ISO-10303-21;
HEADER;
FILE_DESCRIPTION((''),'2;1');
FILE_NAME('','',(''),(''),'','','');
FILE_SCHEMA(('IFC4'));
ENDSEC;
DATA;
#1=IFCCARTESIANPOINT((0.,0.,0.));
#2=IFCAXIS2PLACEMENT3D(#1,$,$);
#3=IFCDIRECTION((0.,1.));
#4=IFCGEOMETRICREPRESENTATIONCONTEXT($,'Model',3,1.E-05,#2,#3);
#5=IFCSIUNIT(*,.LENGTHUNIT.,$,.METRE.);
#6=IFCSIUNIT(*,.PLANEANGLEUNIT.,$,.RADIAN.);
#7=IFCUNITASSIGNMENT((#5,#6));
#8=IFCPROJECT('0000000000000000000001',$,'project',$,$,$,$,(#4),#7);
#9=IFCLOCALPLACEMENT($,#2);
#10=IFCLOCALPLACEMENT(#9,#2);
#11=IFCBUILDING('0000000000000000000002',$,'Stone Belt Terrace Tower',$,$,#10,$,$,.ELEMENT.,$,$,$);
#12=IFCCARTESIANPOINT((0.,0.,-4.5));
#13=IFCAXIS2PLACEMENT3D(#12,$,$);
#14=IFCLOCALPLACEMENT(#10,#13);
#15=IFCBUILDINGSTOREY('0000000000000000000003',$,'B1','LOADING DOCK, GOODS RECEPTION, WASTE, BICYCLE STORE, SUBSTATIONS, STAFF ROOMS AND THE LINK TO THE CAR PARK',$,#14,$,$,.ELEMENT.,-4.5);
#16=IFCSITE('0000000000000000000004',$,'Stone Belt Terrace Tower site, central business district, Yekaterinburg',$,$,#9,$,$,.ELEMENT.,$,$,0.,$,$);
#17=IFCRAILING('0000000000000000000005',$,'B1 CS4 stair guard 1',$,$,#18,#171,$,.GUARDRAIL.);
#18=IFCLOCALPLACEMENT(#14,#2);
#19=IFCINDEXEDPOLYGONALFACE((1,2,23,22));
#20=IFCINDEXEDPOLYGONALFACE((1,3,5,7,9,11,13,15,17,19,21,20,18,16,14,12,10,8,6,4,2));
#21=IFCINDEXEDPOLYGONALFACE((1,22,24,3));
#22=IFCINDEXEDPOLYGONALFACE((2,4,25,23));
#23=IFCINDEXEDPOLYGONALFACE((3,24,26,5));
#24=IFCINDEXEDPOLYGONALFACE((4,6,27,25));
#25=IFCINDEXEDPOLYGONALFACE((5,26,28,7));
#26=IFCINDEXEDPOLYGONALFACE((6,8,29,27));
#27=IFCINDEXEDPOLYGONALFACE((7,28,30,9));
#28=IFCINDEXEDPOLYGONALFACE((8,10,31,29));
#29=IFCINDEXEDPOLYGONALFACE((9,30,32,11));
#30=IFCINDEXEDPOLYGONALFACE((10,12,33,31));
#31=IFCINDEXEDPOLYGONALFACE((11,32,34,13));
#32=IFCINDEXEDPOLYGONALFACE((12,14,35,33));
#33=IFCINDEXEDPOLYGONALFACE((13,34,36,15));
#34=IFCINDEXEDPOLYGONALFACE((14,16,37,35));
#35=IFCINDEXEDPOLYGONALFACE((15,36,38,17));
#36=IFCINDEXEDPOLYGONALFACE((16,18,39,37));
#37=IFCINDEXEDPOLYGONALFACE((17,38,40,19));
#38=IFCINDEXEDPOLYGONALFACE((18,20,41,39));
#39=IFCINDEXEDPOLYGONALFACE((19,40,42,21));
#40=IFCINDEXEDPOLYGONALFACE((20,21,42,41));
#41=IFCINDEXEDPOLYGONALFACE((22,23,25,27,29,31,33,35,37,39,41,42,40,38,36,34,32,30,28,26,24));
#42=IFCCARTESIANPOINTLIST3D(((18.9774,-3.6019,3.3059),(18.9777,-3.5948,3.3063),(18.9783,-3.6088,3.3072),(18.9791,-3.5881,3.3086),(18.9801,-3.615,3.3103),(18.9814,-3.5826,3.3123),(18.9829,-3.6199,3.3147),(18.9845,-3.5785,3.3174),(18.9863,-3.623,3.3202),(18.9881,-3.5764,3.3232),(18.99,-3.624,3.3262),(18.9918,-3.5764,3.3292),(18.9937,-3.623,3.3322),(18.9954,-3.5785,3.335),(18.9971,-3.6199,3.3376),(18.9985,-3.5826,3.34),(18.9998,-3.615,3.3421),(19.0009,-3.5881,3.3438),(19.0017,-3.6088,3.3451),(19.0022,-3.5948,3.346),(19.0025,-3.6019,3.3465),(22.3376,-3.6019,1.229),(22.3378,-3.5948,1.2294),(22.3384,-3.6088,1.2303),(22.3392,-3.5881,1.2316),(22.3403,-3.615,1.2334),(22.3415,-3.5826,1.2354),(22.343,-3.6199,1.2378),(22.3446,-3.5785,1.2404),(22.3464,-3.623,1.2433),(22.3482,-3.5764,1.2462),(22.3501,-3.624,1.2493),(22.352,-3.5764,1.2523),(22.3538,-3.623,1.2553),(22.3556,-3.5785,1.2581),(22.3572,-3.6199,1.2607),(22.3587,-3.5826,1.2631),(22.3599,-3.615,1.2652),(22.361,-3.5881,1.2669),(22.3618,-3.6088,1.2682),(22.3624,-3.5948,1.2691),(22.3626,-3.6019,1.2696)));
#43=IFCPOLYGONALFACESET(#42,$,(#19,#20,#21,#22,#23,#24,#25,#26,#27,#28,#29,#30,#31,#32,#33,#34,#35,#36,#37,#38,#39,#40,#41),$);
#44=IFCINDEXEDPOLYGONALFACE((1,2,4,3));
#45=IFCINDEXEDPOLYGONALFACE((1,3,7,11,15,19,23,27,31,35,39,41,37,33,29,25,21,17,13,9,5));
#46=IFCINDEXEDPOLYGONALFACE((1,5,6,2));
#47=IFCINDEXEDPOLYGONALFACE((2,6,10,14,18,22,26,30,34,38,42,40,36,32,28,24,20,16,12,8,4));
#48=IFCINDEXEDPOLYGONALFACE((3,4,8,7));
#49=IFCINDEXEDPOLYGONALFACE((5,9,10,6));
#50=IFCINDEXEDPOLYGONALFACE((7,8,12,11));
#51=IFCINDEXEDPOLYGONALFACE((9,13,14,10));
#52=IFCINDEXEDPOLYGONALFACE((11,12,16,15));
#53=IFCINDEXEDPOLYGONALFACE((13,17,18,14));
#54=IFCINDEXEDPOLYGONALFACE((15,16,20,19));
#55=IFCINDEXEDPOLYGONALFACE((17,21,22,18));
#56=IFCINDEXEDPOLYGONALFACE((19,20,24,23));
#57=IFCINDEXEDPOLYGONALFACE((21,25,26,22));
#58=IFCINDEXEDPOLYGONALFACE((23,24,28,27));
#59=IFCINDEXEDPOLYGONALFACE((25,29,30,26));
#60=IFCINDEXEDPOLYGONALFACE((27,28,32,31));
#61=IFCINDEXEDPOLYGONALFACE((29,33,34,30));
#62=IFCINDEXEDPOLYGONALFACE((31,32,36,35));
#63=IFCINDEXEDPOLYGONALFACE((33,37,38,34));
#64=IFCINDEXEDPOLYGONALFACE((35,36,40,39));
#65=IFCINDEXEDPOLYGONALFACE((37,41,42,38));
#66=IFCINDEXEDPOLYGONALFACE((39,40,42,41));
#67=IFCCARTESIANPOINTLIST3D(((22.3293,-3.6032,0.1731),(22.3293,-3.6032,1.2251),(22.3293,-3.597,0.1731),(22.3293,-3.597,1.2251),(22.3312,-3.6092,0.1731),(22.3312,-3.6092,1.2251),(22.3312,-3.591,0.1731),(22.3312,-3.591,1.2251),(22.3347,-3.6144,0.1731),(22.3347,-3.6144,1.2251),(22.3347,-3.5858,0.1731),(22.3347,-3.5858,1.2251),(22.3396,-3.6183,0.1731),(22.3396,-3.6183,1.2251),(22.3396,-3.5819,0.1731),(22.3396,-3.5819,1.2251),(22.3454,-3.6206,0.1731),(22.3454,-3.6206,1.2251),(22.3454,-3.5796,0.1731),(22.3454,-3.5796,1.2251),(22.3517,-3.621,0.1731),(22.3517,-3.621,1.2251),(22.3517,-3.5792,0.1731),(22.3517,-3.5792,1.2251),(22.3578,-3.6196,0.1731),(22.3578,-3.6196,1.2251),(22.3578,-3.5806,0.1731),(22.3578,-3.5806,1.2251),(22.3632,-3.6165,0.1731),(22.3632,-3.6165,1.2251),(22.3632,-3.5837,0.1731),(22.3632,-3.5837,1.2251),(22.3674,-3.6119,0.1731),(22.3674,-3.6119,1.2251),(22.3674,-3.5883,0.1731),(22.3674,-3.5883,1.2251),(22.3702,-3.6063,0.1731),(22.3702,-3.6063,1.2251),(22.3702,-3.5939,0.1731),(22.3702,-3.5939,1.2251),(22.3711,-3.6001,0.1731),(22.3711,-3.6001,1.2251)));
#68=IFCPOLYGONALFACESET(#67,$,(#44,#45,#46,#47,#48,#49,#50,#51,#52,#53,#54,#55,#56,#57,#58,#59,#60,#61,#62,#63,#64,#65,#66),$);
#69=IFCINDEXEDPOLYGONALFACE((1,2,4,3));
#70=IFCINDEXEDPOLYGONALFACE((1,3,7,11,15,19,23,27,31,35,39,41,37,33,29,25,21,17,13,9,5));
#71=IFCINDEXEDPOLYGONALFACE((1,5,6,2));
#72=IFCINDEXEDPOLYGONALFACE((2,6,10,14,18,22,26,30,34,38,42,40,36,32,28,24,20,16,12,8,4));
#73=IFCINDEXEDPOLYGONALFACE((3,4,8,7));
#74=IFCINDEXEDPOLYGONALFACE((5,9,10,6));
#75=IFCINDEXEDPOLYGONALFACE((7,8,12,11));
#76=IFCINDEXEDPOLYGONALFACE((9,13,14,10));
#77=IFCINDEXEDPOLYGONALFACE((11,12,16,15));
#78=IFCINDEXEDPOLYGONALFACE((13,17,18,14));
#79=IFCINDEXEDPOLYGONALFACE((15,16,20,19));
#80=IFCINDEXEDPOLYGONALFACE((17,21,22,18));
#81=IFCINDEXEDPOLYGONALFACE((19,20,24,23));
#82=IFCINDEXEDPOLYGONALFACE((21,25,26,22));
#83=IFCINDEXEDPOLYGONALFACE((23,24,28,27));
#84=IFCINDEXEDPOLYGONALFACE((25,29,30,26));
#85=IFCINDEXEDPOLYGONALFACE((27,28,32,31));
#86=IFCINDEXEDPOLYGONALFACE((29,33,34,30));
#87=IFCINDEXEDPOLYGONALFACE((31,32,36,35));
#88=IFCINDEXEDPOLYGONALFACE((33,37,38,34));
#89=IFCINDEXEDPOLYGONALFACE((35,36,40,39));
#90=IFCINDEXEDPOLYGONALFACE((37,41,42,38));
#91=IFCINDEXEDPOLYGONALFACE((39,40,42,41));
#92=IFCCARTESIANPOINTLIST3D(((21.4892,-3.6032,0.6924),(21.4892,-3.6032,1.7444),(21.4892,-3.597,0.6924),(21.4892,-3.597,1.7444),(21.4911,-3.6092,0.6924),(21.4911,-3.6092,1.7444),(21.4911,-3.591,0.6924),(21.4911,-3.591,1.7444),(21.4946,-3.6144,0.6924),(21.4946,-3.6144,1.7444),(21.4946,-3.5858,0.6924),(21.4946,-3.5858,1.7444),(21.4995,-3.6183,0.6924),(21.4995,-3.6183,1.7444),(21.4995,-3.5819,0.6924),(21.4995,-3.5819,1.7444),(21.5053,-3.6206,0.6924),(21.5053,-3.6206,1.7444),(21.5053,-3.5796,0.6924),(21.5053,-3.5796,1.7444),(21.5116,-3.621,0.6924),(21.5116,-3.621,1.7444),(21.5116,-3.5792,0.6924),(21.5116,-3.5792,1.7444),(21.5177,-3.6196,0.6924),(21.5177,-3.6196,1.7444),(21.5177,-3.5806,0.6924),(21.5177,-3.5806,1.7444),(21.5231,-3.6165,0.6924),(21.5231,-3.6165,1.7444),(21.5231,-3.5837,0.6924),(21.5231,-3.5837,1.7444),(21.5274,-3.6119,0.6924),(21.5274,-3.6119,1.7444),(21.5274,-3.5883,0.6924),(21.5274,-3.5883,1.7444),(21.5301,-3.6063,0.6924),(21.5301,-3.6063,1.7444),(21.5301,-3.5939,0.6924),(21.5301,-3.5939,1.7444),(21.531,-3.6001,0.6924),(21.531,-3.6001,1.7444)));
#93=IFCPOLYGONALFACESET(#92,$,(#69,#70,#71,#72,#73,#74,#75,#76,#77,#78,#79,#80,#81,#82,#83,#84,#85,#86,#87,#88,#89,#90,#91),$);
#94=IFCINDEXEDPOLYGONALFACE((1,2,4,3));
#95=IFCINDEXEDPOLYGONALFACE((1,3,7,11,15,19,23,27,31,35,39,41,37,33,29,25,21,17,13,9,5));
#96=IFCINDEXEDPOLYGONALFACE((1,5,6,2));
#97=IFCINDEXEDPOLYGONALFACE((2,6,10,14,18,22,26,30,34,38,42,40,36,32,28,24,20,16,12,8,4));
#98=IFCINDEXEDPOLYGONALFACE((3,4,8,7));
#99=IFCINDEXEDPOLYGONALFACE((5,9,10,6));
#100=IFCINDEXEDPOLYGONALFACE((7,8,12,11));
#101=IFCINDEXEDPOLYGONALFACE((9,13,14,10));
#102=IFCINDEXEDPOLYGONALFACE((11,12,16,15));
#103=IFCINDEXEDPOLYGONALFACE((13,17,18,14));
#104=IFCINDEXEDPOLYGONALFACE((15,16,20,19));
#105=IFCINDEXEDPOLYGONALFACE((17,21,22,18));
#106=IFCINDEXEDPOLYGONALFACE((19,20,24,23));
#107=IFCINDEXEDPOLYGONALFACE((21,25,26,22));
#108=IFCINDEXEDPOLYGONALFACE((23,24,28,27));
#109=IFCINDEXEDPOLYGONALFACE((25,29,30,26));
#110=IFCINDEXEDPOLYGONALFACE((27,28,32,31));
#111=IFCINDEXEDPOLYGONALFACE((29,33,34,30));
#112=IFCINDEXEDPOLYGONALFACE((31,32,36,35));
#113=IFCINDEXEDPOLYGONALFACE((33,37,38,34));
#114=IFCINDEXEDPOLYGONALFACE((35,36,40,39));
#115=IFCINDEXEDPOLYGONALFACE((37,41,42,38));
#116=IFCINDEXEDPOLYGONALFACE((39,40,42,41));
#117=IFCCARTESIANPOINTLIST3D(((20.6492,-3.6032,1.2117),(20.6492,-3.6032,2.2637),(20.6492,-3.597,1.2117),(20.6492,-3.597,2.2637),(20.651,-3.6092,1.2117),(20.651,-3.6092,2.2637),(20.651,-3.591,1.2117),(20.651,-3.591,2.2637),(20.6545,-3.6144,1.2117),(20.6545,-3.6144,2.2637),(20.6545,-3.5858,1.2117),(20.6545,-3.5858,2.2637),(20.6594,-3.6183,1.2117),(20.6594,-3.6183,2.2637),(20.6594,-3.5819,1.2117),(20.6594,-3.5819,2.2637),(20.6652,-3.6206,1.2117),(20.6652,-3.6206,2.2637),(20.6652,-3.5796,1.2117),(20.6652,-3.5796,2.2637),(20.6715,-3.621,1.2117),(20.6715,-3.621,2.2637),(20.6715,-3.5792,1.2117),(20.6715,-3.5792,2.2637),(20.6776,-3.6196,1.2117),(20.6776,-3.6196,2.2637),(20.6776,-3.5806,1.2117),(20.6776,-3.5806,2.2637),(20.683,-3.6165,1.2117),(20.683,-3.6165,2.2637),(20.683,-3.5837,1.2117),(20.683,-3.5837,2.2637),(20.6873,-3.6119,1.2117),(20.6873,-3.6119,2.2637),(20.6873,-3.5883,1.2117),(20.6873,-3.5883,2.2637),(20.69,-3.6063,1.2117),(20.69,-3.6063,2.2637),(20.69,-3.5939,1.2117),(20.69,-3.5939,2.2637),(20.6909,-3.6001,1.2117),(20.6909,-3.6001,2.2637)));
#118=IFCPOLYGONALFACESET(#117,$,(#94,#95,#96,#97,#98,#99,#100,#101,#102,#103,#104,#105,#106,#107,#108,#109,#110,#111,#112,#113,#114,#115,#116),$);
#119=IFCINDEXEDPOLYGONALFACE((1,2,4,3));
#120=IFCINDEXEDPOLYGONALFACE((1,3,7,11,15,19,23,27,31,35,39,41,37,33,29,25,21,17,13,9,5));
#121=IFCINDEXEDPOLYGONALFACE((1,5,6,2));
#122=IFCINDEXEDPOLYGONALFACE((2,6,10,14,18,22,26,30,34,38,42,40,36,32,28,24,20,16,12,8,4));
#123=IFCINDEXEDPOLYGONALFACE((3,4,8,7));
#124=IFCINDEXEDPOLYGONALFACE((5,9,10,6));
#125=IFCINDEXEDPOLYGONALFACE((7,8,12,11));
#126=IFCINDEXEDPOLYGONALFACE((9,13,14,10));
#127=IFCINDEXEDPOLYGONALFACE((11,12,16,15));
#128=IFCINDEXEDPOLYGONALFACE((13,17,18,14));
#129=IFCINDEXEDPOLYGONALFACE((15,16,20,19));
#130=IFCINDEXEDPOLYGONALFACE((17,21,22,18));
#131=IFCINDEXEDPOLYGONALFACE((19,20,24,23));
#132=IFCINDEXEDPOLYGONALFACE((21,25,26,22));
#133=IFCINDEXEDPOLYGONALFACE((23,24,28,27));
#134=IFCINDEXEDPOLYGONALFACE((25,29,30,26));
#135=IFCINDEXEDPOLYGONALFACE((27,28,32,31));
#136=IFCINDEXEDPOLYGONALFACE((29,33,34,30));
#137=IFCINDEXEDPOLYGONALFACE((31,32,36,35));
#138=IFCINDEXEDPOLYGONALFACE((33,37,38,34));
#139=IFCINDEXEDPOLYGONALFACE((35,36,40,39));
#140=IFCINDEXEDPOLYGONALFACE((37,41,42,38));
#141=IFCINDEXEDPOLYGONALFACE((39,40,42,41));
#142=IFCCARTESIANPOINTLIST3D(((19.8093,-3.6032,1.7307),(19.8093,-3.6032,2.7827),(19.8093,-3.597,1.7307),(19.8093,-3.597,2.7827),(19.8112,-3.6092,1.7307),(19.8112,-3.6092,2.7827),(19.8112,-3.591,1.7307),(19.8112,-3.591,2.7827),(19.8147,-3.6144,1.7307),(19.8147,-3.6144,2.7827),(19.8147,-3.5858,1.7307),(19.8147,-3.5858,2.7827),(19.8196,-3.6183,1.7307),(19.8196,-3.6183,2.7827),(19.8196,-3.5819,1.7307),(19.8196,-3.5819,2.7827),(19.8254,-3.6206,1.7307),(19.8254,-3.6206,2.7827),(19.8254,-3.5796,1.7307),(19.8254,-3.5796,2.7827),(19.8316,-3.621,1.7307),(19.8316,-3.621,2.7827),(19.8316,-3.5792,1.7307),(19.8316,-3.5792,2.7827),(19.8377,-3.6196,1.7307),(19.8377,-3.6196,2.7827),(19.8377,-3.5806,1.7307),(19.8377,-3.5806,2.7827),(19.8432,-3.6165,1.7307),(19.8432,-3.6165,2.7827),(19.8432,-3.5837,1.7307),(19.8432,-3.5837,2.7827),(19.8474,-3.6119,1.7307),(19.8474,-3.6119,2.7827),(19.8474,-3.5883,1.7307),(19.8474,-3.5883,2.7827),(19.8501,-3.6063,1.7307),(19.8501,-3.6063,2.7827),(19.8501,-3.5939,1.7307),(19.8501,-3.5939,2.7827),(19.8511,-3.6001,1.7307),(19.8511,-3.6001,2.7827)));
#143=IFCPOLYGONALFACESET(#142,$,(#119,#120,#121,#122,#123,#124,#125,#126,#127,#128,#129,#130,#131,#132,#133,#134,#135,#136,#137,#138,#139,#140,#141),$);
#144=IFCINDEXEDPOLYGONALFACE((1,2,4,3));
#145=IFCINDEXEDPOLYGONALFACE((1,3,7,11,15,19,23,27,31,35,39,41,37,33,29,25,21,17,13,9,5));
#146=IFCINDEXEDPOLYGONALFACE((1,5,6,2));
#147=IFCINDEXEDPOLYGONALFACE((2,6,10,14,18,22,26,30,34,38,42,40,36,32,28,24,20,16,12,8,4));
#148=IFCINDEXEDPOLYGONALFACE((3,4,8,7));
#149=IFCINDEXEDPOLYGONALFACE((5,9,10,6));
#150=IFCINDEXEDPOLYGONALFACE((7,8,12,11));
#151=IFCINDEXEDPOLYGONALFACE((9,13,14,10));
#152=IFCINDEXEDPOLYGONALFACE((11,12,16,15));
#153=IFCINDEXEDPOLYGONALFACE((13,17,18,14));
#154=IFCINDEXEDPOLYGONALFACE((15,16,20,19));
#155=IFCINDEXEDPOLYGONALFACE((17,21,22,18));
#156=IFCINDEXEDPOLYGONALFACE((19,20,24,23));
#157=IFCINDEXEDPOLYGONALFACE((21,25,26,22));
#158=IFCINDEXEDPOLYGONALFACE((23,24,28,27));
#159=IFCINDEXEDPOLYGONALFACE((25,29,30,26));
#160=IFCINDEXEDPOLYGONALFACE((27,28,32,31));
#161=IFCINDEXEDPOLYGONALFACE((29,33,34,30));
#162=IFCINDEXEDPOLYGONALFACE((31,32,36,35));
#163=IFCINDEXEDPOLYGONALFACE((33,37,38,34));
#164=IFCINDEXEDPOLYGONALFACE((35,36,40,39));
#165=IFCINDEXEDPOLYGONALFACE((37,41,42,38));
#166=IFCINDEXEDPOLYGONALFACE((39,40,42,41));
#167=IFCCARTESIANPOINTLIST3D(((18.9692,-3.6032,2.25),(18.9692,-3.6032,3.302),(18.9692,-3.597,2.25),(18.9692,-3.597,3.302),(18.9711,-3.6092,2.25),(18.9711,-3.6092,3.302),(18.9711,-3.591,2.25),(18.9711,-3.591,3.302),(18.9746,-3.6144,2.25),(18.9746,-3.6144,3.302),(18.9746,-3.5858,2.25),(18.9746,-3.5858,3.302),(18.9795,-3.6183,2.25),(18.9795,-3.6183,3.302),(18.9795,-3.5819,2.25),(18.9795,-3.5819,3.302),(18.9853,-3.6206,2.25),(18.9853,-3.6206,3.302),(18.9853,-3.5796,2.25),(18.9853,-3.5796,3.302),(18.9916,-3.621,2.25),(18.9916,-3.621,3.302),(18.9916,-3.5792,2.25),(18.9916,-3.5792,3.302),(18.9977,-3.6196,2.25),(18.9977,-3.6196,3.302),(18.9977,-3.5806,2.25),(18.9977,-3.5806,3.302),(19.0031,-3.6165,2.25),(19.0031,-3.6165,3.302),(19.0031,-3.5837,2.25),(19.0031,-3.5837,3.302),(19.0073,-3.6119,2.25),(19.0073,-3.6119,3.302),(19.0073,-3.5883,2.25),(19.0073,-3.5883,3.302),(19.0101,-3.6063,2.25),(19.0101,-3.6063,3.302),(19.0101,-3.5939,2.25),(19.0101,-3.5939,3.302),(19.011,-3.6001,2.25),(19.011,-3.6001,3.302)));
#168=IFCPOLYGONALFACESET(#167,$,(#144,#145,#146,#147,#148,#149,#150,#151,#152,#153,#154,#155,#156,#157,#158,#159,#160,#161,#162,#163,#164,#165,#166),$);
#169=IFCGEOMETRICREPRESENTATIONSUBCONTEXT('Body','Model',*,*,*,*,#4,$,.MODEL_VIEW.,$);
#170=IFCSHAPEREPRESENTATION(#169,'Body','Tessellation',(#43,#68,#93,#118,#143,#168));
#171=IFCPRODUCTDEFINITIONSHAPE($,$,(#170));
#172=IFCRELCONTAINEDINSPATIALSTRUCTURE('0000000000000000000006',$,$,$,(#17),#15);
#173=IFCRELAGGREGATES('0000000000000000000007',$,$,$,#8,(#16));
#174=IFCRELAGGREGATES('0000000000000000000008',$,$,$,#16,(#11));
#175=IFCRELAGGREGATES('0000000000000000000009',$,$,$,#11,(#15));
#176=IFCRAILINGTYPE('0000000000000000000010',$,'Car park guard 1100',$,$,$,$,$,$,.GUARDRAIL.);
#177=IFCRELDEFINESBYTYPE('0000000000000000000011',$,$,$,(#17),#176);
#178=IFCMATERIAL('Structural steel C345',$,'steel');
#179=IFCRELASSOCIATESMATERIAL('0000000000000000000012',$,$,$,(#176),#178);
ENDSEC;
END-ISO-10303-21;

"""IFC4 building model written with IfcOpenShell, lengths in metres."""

from ifc_helpers import new_model, si_unit, direction, frame, origin, origin_2d, place, context, subcontext, project, spatial, circle, extrude, material, type_object, element, save


model = new_model("IFC4")

# Units and contexts
model_context = context("Model", 3, precision=1e-05, world=origin(), true_north=direction((0.0, 1.0)))
body_context = subcontext(model_context, "Body", "Model", "MODEL_VIEW")
ifc_project = project(units=[si_unit("LENGTHUNIT", "METRE"), si_unit("PLANEANGLEUNIT", "RADIAN")], contexts=[model_context])

# Site, building, storey
site_placement = place(None, origin())
site = spatial("IfcSite", under=ifc_project, at=site_placement, Name="Stone Belt Terrace Tower site, central business district, Yekaterinburg", CompositionType="ELEMENT", RefElevation=0.0)
building_placement = place(site_placement, origin())
building = spatial("IfcBuilding", under=site, at=building_placement, Name="Stone Belt Terrace Tower", CompositionType="ELEMENT")
storey_placement = place(building_placement, frame((0.0, 0.0, -4.5)))
storey = spatial("IfcBuildingStorey", under=building, at=storey_placement, Name="B1", Description="LOADING DOCK, GOODS RECEPTION, WASTE, BICYCLE STORE, SUBSTATIONS, STAFF ROOMS AND THE LINK TO THE CAR PARK", CompositionType="ELEMENT", Elevation=-4.5)

# Railing
ifc_material_1 = material(Name="Structural steel C345", Category="steel")
railing_type_1 = type_object("IfcRailingType", Name="Car park guard 1100", PredefinedType="GUARDRAIL", material=ifc_material_1)
railing_1_placement = place(storey_placement, frame((22.3501, -3.6001, 0.1731)))
element("IfcRailing", 1, at=railing_1_placement, inside=storey, type_object=railing_type_1, Name="B1 CS4 stair guard 1", PredefinedType="GUARDRAIL", context=body_context, shape_type="SweptSolid", body=[
    extrude(circle(Radius=0.0239, at=origin_2d()), frame((0.0, 0.0, 1.0762), z_axis=(-0.850623, 0.0, 0.525776), x_axis=(0.0, -1.0, 0.0)), (0.0, 0.0, 1.0), 3.9502),
    extrude(circle(Radius=0.021, at=origin_2d()), origin(), (0.0, 0.0, 1.0), 1.052),
    extrude(circle(Radius=0.021, at=origin_2d()), frame((-0.8401, 0.0, 0.5193)), (0.0, 0.0, 1.0), 1.052),
    extrude(circle(Radius=0.021, at=origin_2d()), frame((-1.6802, 0.0, 1.0386)), (0.0, 0.0, 1.0), 1.052),
    extrude(circle(Radius=0.021, at=origin_2d()), frame((-2.52, 0.0, 1.5576)), (0.0, 0.0, 1.0), 1.052),
    extrude(circle(Radius=0.021, at=origin_2d()), frame((-3.3601, 0.0, 2.0769)), (0.0, 0.0, 1.0), 1.052),
])

save(model, "model.ifc")
